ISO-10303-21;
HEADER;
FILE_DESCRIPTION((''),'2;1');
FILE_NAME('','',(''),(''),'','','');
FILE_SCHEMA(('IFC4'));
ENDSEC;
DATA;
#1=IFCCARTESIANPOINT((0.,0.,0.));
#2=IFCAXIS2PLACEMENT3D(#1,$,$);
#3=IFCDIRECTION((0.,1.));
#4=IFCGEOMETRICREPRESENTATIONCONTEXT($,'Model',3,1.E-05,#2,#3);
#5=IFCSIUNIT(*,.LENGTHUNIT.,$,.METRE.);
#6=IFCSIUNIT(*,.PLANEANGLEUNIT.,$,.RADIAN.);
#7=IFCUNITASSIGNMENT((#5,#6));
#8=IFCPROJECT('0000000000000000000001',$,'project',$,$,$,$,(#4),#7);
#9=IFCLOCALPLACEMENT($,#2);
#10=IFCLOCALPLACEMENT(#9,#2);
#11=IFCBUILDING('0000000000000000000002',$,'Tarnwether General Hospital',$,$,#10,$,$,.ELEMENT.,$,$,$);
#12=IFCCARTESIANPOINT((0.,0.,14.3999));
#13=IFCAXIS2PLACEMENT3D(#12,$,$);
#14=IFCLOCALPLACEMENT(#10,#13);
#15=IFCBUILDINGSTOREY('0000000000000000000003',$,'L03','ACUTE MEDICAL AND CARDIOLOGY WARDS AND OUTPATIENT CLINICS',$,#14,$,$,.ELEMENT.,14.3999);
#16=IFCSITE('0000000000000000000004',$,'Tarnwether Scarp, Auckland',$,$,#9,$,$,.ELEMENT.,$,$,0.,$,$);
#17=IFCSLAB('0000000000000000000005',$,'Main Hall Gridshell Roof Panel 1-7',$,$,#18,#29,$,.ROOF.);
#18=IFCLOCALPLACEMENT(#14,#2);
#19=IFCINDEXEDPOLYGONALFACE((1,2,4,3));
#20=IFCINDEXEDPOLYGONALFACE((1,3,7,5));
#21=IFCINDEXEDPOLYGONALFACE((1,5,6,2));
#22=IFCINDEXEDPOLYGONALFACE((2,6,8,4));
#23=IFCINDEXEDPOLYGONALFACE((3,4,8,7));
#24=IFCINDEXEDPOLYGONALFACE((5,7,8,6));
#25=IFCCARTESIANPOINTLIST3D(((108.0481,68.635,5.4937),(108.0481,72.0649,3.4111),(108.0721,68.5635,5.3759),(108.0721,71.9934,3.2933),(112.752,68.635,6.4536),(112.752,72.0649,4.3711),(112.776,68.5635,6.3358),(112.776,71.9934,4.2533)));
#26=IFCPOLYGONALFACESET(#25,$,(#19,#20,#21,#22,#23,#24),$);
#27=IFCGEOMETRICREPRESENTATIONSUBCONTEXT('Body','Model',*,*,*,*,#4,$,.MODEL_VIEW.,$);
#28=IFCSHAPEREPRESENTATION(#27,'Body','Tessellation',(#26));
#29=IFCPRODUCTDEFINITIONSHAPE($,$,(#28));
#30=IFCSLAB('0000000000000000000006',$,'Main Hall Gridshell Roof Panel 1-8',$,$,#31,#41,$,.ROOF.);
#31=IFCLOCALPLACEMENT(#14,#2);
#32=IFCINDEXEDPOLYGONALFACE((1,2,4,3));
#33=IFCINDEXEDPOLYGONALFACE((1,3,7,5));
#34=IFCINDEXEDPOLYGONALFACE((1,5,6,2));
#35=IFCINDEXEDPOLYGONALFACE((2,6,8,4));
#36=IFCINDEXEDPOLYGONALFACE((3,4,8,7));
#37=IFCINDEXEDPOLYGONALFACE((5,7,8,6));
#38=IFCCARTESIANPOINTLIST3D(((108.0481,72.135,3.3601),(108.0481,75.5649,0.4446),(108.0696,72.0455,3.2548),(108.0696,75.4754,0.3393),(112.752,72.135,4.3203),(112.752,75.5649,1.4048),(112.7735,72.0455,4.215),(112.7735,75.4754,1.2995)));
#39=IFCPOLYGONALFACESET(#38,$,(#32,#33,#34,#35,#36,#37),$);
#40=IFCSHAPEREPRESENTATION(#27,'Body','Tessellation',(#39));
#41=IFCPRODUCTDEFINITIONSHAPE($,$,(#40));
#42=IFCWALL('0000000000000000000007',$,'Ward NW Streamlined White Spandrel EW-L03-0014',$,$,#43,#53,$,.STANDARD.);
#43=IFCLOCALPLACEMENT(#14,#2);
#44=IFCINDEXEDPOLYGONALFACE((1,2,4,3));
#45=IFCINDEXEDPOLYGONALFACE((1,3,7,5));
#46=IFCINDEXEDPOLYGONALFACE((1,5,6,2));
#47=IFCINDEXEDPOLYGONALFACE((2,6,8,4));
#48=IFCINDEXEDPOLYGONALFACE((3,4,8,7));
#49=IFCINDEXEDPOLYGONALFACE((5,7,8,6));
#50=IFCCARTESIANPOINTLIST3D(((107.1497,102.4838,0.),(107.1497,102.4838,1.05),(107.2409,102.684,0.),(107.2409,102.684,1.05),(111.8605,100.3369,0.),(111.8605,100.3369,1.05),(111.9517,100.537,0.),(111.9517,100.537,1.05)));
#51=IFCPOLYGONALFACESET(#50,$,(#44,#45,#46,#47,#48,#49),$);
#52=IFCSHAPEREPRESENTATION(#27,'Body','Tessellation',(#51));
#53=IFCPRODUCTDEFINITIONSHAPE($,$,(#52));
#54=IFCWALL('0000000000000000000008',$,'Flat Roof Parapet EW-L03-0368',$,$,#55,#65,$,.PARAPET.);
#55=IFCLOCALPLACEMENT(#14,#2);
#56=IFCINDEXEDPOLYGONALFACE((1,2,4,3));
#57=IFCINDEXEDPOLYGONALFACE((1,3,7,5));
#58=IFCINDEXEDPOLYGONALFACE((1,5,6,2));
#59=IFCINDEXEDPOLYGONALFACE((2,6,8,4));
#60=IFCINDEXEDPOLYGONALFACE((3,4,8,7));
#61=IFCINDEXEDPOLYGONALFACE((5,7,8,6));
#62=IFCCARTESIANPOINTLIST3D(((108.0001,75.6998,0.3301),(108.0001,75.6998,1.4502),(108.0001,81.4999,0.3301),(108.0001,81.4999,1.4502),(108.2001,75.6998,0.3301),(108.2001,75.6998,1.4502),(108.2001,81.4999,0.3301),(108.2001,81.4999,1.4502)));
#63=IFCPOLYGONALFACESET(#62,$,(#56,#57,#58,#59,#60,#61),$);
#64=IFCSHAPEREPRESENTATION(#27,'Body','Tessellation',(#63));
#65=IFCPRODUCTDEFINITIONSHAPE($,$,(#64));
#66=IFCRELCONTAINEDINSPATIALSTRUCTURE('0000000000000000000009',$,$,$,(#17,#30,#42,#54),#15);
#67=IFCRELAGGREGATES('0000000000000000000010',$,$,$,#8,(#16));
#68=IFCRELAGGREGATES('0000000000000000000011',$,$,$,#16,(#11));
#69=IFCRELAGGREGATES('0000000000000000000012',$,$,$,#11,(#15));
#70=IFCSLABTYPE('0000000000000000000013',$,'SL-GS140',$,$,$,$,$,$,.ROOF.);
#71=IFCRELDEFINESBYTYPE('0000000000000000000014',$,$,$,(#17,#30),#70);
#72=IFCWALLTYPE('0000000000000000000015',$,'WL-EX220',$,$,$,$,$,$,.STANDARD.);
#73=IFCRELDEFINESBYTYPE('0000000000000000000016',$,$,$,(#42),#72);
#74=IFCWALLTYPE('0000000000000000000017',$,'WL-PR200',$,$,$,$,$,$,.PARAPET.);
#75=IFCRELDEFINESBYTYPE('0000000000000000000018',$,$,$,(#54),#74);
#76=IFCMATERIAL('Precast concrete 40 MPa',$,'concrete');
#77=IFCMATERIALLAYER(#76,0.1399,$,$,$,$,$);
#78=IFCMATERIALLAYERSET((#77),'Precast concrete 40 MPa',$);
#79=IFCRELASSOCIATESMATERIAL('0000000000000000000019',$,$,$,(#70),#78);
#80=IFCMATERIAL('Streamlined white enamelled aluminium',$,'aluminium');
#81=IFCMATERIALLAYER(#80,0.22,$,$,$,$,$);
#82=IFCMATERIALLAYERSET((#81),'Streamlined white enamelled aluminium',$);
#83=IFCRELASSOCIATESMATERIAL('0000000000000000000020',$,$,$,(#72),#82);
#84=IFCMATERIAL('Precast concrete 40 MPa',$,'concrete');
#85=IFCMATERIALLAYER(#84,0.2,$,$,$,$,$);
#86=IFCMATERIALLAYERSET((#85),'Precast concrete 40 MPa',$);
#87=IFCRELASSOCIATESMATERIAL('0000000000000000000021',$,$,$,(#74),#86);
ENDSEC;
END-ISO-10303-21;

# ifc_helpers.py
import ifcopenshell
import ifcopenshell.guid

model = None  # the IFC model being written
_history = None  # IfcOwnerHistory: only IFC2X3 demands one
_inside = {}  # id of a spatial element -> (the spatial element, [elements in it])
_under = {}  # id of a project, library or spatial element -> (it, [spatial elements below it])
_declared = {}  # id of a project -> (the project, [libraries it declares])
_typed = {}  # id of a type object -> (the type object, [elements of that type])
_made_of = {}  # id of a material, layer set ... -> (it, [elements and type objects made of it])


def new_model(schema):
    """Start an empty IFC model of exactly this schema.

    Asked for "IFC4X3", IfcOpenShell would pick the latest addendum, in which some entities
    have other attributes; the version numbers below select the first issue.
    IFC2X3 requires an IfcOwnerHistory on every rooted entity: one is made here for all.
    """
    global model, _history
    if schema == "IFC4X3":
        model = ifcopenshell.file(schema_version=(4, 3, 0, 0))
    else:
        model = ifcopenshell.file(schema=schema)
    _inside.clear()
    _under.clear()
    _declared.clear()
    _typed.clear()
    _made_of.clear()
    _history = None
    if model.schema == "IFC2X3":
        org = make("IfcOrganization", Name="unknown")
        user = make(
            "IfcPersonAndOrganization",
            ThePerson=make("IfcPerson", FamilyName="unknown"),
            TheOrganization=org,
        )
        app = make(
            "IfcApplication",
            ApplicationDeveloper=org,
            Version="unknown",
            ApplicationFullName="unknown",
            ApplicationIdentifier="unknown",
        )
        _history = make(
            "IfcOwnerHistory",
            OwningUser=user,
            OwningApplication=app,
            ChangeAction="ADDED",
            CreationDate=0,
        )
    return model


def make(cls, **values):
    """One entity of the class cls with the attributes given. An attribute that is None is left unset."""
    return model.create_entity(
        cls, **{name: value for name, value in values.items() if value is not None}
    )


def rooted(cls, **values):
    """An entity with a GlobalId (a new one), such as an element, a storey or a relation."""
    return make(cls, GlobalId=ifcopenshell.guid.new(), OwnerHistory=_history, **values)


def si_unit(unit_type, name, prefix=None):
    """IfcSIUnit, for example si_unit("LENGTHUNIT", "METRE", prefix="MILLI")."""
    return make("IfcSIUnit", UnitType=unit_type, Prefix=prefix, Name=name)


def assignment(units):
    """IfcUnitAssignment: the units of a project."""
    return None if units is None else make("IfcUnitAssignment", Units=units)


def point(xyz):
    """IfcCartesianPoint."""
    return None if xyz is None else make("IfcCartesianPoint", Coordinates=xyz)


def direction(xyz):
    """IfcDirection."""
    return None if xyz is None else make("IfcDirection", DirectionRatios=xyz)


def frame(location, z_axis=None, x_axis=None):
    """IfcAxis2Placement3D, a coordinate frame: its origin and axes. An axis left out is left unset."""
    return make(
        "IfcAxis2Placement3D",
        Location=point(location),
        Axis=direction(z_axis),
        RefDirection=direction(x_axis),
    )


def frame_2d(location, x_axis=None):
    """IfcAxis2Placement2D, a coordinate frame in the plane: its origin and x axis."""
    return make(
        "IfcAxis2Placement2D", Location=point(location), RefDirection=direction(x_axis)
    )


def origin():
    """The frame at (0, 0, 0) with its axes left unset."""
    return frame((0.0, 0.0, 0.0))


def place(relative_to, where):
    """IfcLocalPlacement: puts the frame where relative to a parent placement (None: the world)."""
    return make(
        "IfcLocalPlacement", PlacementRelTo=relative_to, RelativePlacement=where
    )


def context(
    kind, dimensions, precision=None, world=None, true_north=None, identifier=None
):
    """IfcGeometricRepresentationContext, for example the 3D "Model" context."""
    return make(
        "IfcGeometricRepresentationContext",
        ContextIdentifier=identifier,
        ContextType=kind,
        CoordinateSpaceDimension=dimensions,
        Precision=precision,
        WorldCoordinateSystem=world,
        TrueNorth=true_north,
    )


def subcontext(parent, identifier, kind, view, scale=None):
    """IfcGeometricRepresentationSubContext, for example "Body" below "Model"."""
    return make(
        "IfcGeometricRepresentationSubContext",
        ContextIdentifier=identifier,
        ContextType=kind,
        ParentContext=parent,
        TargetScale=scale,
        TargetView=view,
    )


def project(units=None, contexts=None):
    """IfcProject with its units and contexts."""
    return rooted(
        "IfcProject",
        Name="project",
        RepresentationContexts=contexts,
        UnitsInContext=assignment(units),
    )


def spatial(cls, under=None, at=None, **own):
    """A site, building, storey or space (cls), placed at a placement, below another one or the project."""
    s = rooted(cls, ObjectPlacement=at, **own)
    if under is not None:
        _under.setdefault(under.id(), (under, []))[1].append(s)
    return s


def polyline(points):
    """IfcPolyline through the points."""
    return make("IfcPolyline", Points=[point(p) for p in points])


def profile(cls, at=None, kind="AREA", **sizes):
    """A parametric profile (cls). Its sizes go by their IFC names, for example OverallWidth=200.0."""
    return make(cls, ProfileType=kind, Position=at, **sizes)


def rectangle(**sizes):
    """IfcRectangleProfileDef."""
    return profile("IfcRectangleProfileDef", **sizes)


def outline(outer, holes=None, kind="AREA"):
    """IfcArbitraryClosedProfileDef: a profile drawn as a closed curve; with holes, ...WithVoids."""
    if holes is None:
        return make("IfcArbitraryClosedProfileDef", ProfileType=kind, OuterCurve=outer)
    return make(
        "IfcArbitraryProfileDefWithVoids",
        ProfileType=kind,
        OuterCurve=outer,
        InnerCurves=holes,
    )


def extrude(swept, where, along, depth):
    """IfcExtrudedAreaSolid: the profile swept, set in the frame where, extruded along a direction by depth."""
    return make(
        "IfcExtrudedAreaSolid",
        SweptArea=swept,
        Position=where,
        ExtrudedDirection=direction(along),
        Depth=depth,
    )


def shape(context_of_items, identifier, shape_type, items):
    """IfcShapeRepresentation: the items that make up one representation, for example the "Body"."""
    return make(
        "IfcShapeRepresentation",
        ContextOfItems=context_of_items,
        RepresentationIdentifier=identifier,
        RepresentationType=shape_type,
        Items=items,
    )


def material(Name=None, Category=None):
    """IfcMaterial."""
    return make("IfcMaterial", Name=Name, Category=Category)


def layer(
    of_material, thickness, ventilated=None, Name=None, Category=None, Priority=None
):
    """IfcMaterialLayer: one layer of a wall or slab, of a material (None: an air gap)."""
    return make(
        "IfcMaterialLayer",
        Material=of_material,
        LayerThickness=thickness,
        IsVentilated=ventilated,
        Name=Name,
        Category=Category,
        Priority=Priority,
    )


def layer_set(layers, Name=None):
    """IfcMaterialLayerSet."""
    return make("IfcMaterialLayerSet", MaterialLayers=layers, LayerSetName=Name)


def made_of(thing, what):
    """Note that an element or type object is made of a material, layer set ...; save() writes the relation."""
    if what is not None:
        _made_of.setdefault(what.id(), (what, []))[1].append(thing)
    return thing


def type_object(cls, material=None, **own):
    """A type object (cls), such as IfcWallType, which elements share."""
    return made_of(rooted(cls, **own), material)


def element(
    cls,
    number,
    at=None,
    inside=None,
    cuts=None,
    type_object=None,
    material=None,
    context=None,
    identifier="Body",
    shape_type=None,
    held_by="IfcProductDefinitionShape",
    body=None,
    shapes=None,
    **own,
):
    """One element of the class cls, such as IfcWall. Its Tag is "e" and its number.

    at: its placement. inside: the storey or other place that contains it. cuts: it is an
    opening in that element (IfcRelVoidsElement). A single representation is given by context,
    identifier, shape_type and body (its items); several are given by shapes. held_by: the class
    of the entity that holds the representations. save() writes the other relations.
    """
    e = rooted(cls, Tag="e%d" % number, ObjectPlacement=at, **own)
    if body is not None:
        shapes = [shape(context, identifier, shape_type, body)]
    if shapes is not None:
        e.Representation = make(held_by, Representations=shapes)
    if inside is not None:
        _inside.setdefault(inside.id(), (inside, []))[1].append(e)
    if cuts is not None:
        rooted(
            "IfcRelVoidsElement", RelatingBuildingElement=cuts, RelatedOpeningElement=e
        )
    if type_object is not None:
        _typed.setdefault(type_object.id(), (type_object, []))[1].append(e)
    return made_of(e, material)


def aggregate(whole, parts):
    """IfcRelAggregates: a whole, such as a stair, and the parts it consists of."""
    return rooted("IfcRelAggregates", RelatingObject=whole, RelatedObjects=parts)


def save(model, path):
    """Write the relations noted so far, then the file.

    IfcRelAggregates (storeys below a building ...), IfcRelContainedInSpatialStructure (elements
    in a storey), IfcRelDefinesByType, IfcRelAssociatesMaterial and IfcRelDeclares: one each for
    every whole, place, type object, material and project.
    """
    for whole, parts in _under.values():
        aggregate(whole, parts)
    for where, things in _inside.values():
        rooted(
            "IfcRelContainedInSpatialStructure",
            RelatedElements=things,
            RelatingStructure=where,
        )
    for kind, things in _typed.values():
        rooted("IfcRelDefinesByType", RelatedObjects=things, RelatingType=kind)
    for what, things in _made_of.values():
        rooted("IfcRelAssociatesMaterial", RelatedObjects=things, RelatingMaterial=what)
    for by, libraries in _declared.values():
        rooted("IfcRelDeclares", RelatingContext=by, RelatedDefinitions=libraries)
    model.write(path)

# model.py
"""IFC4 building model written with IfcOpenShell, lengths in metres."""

from ifc_helpers import new_model, si_unit, direction, frame, frame_2d, origin, place, context, subcontext, project, spatial, polyline, rectangle, outline, extrude, material, layer, layer_set, type_object, element, save


model = new_model("IFC4")

# Units and contexts
model_context = context("Model", 3, precision=1e-05, world=origin(), true_north=direction((0.0, 1.0)))
body_context = subcontext(model_context, "Body", "Model", "MODEL_VIEW")
ifc_project = project(units=[si_unit("LENGTHUNIT", "METRE"), si_unit("PLANEANGLEUNIT", "RADIAN")], contexts=[model_context])

# Site, building, storey
site_placement = place(None, origin())
site = spatial("IfcSite", under=ifc_project, at=site_placement, Name="Tarnwether Scarp, Auckland", CompositionType="ELEMENT", RefElevation=0.0)
building_placement = place(site_placement, origin())
building = spatial("IfcBuilding", under=site, at=building_placement, Name="Tarnwether General Hospital", CompositionType="ELEMENT")
storey_placement = place(building_placement, frame((0.0, 0.0, 14.3999)))
storey = spatial("IfcBuildingStorey", under=building, at=storey_placement, Name="L03", Description="ACUTE MEDICAL AND CARDIOLOGY WARDS AND OUTPATIENT CLINICS", CompositionType="ELEMENT", Elevation=14.3999)

# Slabs
ifc_material_1 = material(Name="Precast concrete 40 MPa", Category="concrete")
ifc_layer_1 = layer(ifc_material_1, 0.1399)
ifc_layer_set_1 = layer_set([ifc_layer_1], Name="Precast concrete 40 MPa")
slab_type = type_object("IfcSlabType", Name="SL-GS140", PredefinedType="ROOF", material=ifc_layer_set_1)
slab_1_placement = place(storey_placement, frame((108.0481, 68.635, 5.4937), z_axis=(-0.171848, 0.511268, 0.842065), x_axis=(0.979804, 0.0, 0.199958)))
element("IfcSlab", 1, at=slab_1_placement, inside=storey, type_object=slab_type, Name="Main Hall Gridshell Roof Panel 1-7", PredefinedType="ROOF", context=body_context, shape_type="SweptSolid", body=[
    extrude(outline(polyline([(0.0, 0.0), (4.8008, 0.0), (4.3844, 3.991), (-0.4164, 3.991), (0.0, 0.0)])), origin(), (0.0, 0.0, -1.0), 0.1399),
])
slab_2_placement = place(storey_placement, frame((108.0481, 72.135, 3.3601), z_axis=(-0.153686, 0.639965, 0.752878), x_axis=(0.979795, 0.0, 0.200007)))
element("IfcSlab", 2, at=slab_2_placement, inside=storey, type_object=slab_type, Name="Main Hall Gridshell Roof Panel 1-8", PredefinedType="ROOF", context=body_context, shape_type="SweptSolid", body=[
    extrude(outline(polyline([(0.0, 0.0), (4.8009, 0.0), (4.2177, 4.4637), (-0.5831, 4.4637), (0.0, 0.0)])), origin(), (0.0, 0.0, -1.0), 0.1399),
])

# Walls
ifc_material_2 = material(Name="Streamlined white enamelled aluminium", Category="aluminium")
ifc_layer_2 = layer(ifc_material_2, 0.22)
ifc_layer_set_2 = layer_set([ifc_layer_2], Name="Streamlined white enamelled aluminium")
wall_type_1 = type_object("IfcWallType", Name="WL-EX220", PredefinedType="STANDARD", material=ifc_layer_set_2)
wall_1_placement = place(storey_placement, frame((111.906, 100.437, 0.0), z_axis=(0.0, 0.0, 1.0), x_axis=(-0.909956, 0.414705, 0.0)))
element("IfcWall", 3, at=wall_1_placement, inside=storey, type_object=wall_type_1, Name="Ward NW Streamlined White Spandrel EW-L03-0014", PredefinedType="STANDARD", context=body_context, shape_type="SweptSolid", body=[
    extrude(rectangle(XDim=5.177, YDim=0.22, at=frame_2d((2.5884, 0.0))), origin(), (0.0, 0.0, 1.0), 1.05),
])
ifc_material_3 = material(Name="Precast concrete 40 MPa", Category="concrete")
ifc_layer_3 = layer(ifc_material_3, 0.2)
ifc_layer_set_3 = layer_set([ifc_layer_3], Name="Precast concrete 40 MPa")
wall_type_2 = type_object("IfcWallType", Name="WL-PR200", PredefinedType="PARAPET", material=ifc_layer_set_3)
wall_2_placement = place(storey_placement, frame((108.1001, 75.7, 0.3301), z_axis=(0.0, 0.0, 1.0), x_axis=(0.0, 1.0, 0.0)))
element("IfcWall", 4, at=wall_2_placement, inside=storey, type_object=wall_type_2, Name="Flat Roof Parapet EW-L03-0368", PredefinedType="PARAPET", context=body_context, shape_type="SweptSolid", body=[
    extrude(rectangle(XDim=5.8, YDim=0.2, at=frame_2d((2.8999, 0.0))), origin(), (0.0, 0.0, 1.0), 1.1201),
])

save(model, "model.ifc")
